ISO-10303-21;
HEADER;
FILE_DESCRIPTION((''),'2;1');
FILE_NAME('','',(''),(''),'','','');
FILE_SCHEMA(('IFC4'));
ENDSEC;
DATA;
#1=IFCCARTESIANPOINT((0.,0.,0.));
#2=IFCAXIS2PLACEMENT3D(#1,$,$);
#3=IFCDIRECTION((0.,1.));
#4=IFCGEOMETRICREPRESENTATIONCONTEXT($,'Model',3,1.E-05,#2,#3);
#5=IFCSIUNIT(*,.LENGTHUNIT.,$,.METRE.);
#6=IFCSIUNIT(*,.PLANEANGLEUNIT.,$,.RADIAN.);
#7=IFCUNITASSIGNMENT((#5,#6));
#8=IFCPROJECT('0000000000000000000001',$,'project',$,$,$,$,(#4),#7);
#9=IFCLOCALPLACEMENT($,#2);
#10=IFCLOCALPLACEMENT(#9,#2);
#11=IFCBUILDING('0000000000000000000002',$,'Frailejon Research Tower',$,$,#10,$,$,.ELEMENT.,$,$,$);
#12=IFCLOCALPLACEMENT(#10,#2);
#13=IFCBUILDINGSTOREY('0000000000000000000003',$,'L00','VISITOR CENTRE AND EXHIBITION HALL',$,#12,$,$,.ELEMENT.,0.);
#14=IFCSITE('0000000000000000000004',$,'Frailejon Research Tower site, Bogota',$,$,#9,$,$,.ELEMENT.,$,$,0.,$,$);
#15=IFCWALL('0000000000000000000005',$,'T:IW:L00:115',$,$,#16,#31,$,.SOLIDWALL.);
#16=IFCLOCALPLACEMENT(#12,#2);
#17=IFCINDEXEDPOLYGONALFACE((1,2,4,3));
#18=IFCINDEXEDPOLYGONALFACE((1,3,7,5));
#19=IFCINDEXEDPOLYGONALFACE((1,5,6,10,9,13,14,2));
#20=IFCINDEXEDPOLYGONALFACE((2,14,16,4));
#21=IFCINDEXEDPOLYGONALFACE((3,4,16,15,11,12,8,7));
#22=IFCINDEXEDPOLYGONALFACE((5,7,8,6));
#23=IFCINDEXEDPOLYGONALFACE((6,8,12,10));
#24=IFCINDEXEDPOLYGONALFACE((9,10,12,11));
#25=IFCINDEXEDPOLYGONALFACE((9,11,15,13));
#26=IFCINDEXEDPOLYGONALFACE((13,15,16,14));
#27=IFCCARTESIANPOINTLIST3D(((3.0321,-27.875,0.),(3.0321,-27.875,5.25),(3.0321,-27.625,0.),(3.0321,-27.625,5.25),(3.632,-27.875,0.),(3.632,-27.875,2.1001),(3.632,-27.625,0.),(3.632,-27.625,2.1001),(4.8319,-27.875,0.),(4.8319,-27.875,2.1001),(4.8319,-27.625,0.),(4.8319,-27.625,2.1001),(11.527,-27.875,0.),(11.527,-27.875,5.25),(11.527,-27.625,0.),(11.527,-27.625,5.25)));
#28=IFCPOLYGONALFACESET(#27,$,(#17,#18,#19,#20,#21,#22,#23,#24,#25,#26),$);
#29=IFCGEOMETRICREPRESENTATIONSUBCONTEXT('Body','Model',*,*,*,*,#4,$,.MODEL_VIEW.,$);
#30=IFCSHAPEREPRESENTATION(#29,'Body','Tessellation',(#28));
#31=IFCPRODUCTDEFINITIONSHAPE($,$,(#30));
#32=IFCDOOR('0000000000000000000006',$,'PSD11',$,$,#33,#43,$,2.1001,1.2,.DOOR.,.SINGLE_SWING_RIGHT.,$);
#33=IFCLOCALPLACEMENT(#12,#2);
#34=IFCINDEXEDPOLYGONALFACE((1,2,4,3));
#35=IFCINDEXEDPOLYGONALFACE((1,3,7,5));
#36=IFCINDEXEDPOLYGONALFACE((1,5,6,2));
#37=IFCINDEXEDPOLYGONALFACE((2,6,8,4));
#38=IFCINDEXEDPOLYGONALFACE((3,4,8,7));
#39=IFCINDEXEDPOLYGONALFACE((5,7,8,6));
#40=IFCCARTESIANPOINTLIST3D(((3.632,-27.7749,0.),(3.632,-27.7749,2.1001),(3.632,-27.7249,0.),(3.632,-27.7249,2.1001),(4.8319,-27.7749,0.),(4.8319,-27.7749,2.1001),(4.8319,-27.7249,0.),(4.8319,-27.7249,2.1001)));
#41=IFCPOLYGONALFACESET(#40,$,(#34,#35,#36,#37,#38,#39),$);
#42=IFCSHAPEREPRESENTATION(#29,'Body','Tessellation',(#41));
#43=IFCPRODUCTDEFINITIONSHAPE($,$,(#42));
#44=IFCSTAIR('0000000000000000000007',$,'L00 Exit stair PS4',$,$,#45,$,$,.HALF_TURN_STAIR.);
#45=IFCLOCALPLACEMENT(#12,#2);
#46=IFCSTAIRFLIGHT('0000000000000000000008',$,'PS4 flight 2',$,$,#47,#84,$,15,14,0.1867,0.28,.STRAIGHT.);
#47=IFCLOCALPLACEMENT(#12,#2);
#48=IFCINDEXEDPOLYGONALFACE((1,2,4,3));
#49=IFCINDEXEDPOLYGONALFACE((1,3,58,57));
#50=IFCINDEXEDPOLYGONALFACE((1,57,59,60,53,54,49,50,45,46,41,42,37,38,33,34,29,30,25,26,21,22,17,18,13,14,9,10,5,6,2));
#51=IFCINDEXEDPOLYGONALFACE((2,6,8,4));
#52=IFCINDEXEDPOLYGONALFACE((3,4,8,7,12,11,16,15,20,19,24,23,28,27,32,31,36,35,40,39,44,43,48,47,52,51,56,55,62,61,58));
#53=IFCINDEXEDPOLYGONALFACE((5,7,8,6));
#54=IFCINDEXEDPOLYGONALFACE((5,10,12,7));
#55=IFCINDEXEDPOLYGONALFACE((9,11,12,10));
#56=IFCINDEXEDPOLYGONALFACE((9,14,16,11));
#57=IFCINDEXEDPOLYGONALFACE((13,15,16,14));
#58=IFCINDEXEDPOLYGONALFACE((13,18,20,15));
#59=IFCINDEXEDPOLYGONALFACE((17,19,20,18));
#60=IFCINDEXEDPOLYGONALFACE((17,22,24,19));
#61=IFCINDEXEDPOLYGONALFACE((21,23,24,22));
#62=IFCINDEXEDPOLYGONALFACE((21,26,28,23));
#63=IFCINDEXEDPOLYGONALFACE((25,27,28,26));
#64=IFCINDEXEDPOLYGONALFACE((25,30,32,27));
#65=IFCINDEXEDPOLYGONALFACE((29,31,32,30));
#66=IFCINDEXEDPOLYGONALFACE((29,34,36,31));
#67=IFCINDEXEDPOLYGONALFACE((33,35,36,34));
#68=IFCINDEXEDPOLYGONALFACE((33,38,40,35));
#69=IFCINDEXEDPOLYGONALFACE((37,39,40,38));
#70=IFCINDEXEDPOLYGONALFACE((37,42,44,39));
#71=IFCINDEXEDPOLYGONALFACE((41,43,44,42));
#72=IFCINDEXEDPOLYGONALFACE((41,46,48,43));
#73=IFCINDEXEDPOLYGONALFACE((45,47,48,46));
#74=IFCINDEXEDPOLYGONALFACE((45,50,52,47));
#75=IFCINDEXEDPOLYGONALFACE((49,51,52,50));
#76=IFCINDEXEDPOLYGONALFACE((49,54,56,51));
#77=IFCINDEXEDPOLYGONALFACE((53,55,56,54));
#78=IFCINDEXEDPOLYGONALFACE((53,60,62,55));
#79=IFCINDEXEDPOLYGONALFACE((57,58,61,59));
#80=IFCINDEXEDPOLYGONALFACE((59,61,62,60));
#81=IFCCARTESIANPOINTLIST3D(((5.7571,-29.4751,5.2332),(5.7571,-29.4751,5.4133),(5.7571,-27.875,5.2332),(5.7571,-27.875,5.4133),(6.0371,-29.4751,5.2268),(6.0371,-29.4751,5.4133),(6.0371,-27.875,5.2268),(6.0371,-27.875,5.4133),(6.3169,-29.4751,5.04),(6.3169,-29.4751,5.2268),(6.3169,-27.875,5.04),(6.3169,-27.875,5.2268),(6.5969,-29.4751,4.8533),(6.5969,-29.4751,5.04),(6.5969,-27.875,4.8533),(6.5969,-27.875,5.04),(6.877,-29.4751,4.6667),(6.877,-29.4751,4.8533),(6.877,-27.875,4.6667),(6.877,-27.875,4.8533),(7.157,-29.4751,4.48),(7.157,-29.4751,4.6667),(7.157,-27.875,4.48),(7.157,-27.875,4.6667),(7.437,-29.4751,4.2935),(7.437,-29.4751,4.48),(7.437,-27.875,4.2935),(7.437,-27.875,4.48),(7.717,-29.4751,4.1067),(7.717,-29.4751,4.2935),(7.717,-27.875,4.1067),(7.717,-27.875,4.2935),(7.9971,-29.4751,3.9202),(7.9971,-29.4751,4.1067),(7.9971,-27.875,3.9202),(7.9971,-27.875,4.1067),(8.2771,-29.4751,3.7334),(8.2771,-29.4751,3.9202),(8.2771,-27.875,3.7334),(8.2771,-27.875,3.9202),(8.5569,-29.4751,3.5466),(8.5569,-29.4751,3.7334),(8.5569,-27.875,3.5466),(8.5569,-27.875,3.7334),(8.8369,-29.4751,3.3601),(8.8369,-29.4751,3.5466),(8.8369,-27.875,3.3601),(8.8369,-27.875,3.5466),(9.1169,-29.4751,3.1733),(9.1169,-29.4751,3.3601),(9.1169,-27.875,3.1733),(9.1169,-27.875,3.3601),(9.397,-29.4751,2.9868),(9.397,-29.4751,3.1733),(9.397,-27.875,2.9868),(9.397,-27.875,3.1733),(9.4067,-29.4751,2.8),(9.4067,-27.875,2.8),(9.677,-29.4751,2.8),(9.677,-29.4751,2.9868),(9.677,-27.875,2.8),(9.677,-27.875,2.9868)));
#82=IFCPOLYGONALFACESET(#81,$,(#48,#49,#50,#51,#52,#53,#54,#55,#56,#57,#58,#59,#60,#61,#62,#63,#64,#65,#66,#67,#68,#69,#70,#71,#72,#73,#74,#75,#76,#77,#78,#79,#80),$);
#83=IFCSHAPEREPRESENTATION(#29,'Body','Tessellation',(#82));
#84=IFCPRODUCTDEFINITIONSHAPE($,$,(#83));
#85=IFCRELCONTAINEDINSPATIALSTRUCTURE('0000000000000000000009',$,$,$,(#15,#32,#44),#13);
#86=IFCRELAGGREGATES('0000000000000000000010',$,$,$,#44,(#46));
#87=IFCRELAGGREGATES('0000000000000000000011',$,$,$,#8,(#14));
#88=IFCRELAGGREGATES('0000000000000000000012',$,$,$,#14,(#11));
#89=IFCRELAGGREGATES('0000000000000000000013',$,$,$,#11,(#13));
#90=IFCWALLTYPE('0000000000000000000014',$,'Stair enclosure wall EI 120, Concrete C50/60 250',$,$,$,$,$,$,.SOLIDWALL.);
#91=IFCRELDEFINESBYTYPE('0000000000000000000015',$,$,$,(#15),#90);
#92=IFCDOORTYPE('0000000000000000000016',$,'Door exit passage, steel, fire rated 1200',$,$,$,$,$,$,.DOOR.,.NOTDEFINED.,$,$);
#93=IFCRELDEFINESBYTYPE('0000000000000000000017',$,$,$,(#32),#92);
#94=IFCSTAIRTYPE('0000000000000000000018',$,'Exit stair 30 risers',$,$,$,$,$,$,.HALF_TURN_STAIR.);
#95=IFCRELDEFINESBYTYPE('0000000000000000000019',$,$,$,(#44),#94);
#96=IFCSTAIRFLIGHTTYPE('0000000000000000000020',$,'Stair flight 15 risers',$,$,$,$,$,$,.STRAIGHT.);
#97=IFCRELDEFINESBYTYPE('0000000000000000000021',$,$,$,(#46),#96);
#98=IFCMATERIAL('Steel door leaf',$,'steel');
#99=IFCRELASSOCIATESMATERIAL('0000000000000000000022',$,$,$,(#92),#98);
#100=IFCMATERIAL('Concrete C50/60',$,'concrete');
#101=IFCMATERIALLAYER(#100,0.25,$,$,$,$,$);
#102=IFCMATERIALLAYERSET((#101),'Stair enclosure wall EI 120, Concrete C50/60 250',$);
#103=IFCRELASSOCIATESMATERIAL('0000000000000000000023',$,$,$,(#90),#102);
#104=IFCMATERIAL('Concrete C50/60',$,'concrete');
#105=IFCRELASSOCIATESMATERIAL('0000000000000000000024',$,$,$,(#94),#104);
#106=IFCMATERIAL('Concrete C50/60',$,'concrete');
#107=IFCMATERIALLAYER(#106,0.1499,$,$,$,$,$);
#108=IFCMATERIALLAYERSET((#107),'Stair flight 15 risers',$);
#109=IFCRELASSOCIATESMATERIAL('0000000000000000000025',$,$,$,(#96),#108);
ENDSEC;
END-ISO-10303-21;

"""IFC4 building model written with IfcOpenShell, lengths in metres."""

from ifc_helpers import new_model, si_unit, direction, frame, frame_2d, origin, place, context, subcontext, project, spatial, polyline, rectangle, outline, extrude, material, layer, layer_set, type_object, element, fill, aggregate, save


model = new_model("IFC4")

# Units and contexts
model_context = context("Model", 3, precision=1e-05, world=origin(), true_north=direction((0.0, 1.0)))
body_context = subcontext(model_context, "Body", "Model", "MODEL_VIEW")
ifc_project = project(units=[si_unit("LENGTHUNIT", "METRE"), si_unit("PLANEANGLEUNIT", "RADIAN")], contexts=[model_context])

# Site, building, storey
site_placement = place(None, origin())
site = spatial("IfcSite", under=ifc_project, at=site_placement, Name="Frailejon Research Tower site, Bogota", CompositionType="ELEMENT", RefElevation=0.0)
building_placement = place(site_placement, origin())
building = spatial("IfcBuilding", under=site, at=building_placement, Name="Frailejon Research Tower", CompositionType="ELEMENT")
storey_placement = place(building_placement, origin())
storey = spatial("IfcBuildingStorey", under=building, at=storey_placement, Name="L00", Description="VISITOR CENTRE AND EXHIBITION HALL", CompositionType="ELEMENT", Elevation=0.0)

# Shared definitions
ifc_material_1 = material(Name="Steel door leaf", Category="steel")
door_type_1 = type_object("IfcDoorType", Name="Door exit passage, steel, fire rated 1200", OperationType="NOTDEFINED", PredefinedType="DOOR", material=ifc_material_1)

# Wall, opening, door
ifc_material_2 = material(Name="Concrete C50/60", Category="concrete")
ifc_layer_1 = layer(ifc_material_2, 0.25)
ifc_layer_set_1 = layer_set([ifc_layer_1], Name="Stair enclosure wall EI 120, Concrete C50/60 250")
wall_type_1 = type_object("IfcWallType", Name="Stair enclosure wall EI 120, Concrete C50/60 250", PredefinedType="SOLIDWALL", material=ifc_layer_set_1)
wall_1_placement = place(storey_placement, frame((3.032, -27.75, 0.0), z_axis=(0.0, 0.0, 1.0), x_axis=(1.0, 0.0, 0.0)))
wall_1 = element("IfcWall", 1, at=wall_1_placement, inside=storey, type_object=wall_type_1, Name="T:IW:L00:115", PredefinedType="SOLIDWALL", context=body_context, shape_type="SweptSolid", body=[
    extrude(rectangle(XDim=8.4949, YDim=0.25, at=frame_2d((4.2476, 0.0))), origin(), (0.0, 0.0, 1.0), 5.25),
])
opening_1_placement = place(wall_1_placement, frame((1.8, 0.0, 0.0), z_axis=(0.0, 0.0, 1.0), x_axis=(-1.0, 0.0, 0.0)))
opening_1 = element("IfcOpeningElement", 2, at=opening_1_placement, cuts=wall_1, PredefinedType="OPENING", context=body_context, shape_type="SweptSolid", body=[
    extrude(rectangle(XDim=1.2, YDim=2.1001, at=frame_2d((0.6001, 1.05))), frame((0.0, 0.135, 0.0), z_axis=(0.0, -1.0, 0.0), x_axis=(1.0, 0.0, 0.0)), (0.0, 0.0, 1.0), 0.27),
])
door_1_placement = place(opening_1_placement, origin())
door_1 = element("IfcDoor", 3, at=door_1_placement, inside=storey, type_object=door_type_1, Name="PSD11", OperationType="SINGLE_SWING_RIGHT", OverallHeight=2.1001, OverallWidth=1.2, PredefinedType="DOOR", context=body_context, shape_type="SweptSolid", body=[
    extrude(rectangle(XDim=1.2, YDim=2.1001, at=frame_2d((0.6001, 1.05))), frame((0.0, 0.0249, 0.0), z_axis=(0.0, -1.0, 0.0), x_axis=(1.0, 0.0, 0.0)), (0.0, 0.0, 1.0), 0.05),
])
fill(opening_1, door_1)

# Stair, stair flight
ifc_material_3 = material(Name="Concrete C50/60", Category="concrete")
stair_type = type_object("IfcStairType", Name="Exit stair 30 risers", PredefinedType="HALF_TURN_STAIR", material=ifc_material_3)
stair_placement = place(storey_placement, origin())
stair = element("IfcStair", 4, at=stair_placement, inside=storey, type_object=stair_type, Name="L00 Exit stair PS4", PredefinedType="HALF_TURN_STAIR")
ifc_material_4 = material(Name="Concrete C50/60", Category="concrete")
ifc_layer_2 = layer(ifc_material_4, 0.1499)
ifc_layer_set_2 = layer_set([ifc_layer_2], Name="Stair flight 15 risers")
stair_flight_type = type_object("IfcStairFlightType", Name="Stair flight 15 risers", PredefinedType="STRAIGHT", material=ifc_layer_set_2)
stair_flight_placement = place(storey_placement, frame((9.677, -28.675, 2.8), z_axis=(0.0, 0.0, 1.0), x_axis=(-1.0, 0.0, 0.0)))
stair_flight = element("IfcStairFlight", 5, at=stair_flight_placement, type_object=stair_flight_type, Name="PS4 flight 2", NumberOfRisers=15, NumberOfTreads=14, PredefinedType="STRAIGHT", RiserHeight=0.1867, TreadLength=0.28, context=body_context, shape_type="SweptSolid", body=[
    extrude(outline(polyline([(0.0, 0.0), (0.0, 0.1868), (0.28, 0.1868), (0.28, 0.3733), (0.5601, 0.3733), (0.5601, 0.5601), (0.8401, 0.5601), (0.8401, 0.7466), (1.1201, 0.7466), (1.1201, 0.9333), (1.3999, 0.9333), (1.3999, 1.1201), (1.6799, 1.1201), (1.6799, 1.3066), (1.96, 1.3066), (1.96, 1.4934), (2.24, 1.4934), (2.24, 1.6799), (2.52, 1.6799), (2.52, 1.8667), (2.8, 1.8667), (2.8, 2.0532), (3.0801, 2.0532), (3.0801, 2.24), (3.3601, 2.24), (3.3601, 2.4268), (3.6399, 2.4268), (3.6399, 2.6133), (3.9199, 2.6133), (3.9199, 2.8), (3.9199, 2.4331), (0.2703, 0.0), (0.0, 0.0)])), frame((0.0, 0.8, 0.0), z_axis=(0.0, -1.0, 0.0), x_axis=(1.0, 0.0, 0.0)), (0.0, 0.0, 1.0), 1.6001),
])
aggregate(stair, [stair_flight])

save(model, "model.ifc")
